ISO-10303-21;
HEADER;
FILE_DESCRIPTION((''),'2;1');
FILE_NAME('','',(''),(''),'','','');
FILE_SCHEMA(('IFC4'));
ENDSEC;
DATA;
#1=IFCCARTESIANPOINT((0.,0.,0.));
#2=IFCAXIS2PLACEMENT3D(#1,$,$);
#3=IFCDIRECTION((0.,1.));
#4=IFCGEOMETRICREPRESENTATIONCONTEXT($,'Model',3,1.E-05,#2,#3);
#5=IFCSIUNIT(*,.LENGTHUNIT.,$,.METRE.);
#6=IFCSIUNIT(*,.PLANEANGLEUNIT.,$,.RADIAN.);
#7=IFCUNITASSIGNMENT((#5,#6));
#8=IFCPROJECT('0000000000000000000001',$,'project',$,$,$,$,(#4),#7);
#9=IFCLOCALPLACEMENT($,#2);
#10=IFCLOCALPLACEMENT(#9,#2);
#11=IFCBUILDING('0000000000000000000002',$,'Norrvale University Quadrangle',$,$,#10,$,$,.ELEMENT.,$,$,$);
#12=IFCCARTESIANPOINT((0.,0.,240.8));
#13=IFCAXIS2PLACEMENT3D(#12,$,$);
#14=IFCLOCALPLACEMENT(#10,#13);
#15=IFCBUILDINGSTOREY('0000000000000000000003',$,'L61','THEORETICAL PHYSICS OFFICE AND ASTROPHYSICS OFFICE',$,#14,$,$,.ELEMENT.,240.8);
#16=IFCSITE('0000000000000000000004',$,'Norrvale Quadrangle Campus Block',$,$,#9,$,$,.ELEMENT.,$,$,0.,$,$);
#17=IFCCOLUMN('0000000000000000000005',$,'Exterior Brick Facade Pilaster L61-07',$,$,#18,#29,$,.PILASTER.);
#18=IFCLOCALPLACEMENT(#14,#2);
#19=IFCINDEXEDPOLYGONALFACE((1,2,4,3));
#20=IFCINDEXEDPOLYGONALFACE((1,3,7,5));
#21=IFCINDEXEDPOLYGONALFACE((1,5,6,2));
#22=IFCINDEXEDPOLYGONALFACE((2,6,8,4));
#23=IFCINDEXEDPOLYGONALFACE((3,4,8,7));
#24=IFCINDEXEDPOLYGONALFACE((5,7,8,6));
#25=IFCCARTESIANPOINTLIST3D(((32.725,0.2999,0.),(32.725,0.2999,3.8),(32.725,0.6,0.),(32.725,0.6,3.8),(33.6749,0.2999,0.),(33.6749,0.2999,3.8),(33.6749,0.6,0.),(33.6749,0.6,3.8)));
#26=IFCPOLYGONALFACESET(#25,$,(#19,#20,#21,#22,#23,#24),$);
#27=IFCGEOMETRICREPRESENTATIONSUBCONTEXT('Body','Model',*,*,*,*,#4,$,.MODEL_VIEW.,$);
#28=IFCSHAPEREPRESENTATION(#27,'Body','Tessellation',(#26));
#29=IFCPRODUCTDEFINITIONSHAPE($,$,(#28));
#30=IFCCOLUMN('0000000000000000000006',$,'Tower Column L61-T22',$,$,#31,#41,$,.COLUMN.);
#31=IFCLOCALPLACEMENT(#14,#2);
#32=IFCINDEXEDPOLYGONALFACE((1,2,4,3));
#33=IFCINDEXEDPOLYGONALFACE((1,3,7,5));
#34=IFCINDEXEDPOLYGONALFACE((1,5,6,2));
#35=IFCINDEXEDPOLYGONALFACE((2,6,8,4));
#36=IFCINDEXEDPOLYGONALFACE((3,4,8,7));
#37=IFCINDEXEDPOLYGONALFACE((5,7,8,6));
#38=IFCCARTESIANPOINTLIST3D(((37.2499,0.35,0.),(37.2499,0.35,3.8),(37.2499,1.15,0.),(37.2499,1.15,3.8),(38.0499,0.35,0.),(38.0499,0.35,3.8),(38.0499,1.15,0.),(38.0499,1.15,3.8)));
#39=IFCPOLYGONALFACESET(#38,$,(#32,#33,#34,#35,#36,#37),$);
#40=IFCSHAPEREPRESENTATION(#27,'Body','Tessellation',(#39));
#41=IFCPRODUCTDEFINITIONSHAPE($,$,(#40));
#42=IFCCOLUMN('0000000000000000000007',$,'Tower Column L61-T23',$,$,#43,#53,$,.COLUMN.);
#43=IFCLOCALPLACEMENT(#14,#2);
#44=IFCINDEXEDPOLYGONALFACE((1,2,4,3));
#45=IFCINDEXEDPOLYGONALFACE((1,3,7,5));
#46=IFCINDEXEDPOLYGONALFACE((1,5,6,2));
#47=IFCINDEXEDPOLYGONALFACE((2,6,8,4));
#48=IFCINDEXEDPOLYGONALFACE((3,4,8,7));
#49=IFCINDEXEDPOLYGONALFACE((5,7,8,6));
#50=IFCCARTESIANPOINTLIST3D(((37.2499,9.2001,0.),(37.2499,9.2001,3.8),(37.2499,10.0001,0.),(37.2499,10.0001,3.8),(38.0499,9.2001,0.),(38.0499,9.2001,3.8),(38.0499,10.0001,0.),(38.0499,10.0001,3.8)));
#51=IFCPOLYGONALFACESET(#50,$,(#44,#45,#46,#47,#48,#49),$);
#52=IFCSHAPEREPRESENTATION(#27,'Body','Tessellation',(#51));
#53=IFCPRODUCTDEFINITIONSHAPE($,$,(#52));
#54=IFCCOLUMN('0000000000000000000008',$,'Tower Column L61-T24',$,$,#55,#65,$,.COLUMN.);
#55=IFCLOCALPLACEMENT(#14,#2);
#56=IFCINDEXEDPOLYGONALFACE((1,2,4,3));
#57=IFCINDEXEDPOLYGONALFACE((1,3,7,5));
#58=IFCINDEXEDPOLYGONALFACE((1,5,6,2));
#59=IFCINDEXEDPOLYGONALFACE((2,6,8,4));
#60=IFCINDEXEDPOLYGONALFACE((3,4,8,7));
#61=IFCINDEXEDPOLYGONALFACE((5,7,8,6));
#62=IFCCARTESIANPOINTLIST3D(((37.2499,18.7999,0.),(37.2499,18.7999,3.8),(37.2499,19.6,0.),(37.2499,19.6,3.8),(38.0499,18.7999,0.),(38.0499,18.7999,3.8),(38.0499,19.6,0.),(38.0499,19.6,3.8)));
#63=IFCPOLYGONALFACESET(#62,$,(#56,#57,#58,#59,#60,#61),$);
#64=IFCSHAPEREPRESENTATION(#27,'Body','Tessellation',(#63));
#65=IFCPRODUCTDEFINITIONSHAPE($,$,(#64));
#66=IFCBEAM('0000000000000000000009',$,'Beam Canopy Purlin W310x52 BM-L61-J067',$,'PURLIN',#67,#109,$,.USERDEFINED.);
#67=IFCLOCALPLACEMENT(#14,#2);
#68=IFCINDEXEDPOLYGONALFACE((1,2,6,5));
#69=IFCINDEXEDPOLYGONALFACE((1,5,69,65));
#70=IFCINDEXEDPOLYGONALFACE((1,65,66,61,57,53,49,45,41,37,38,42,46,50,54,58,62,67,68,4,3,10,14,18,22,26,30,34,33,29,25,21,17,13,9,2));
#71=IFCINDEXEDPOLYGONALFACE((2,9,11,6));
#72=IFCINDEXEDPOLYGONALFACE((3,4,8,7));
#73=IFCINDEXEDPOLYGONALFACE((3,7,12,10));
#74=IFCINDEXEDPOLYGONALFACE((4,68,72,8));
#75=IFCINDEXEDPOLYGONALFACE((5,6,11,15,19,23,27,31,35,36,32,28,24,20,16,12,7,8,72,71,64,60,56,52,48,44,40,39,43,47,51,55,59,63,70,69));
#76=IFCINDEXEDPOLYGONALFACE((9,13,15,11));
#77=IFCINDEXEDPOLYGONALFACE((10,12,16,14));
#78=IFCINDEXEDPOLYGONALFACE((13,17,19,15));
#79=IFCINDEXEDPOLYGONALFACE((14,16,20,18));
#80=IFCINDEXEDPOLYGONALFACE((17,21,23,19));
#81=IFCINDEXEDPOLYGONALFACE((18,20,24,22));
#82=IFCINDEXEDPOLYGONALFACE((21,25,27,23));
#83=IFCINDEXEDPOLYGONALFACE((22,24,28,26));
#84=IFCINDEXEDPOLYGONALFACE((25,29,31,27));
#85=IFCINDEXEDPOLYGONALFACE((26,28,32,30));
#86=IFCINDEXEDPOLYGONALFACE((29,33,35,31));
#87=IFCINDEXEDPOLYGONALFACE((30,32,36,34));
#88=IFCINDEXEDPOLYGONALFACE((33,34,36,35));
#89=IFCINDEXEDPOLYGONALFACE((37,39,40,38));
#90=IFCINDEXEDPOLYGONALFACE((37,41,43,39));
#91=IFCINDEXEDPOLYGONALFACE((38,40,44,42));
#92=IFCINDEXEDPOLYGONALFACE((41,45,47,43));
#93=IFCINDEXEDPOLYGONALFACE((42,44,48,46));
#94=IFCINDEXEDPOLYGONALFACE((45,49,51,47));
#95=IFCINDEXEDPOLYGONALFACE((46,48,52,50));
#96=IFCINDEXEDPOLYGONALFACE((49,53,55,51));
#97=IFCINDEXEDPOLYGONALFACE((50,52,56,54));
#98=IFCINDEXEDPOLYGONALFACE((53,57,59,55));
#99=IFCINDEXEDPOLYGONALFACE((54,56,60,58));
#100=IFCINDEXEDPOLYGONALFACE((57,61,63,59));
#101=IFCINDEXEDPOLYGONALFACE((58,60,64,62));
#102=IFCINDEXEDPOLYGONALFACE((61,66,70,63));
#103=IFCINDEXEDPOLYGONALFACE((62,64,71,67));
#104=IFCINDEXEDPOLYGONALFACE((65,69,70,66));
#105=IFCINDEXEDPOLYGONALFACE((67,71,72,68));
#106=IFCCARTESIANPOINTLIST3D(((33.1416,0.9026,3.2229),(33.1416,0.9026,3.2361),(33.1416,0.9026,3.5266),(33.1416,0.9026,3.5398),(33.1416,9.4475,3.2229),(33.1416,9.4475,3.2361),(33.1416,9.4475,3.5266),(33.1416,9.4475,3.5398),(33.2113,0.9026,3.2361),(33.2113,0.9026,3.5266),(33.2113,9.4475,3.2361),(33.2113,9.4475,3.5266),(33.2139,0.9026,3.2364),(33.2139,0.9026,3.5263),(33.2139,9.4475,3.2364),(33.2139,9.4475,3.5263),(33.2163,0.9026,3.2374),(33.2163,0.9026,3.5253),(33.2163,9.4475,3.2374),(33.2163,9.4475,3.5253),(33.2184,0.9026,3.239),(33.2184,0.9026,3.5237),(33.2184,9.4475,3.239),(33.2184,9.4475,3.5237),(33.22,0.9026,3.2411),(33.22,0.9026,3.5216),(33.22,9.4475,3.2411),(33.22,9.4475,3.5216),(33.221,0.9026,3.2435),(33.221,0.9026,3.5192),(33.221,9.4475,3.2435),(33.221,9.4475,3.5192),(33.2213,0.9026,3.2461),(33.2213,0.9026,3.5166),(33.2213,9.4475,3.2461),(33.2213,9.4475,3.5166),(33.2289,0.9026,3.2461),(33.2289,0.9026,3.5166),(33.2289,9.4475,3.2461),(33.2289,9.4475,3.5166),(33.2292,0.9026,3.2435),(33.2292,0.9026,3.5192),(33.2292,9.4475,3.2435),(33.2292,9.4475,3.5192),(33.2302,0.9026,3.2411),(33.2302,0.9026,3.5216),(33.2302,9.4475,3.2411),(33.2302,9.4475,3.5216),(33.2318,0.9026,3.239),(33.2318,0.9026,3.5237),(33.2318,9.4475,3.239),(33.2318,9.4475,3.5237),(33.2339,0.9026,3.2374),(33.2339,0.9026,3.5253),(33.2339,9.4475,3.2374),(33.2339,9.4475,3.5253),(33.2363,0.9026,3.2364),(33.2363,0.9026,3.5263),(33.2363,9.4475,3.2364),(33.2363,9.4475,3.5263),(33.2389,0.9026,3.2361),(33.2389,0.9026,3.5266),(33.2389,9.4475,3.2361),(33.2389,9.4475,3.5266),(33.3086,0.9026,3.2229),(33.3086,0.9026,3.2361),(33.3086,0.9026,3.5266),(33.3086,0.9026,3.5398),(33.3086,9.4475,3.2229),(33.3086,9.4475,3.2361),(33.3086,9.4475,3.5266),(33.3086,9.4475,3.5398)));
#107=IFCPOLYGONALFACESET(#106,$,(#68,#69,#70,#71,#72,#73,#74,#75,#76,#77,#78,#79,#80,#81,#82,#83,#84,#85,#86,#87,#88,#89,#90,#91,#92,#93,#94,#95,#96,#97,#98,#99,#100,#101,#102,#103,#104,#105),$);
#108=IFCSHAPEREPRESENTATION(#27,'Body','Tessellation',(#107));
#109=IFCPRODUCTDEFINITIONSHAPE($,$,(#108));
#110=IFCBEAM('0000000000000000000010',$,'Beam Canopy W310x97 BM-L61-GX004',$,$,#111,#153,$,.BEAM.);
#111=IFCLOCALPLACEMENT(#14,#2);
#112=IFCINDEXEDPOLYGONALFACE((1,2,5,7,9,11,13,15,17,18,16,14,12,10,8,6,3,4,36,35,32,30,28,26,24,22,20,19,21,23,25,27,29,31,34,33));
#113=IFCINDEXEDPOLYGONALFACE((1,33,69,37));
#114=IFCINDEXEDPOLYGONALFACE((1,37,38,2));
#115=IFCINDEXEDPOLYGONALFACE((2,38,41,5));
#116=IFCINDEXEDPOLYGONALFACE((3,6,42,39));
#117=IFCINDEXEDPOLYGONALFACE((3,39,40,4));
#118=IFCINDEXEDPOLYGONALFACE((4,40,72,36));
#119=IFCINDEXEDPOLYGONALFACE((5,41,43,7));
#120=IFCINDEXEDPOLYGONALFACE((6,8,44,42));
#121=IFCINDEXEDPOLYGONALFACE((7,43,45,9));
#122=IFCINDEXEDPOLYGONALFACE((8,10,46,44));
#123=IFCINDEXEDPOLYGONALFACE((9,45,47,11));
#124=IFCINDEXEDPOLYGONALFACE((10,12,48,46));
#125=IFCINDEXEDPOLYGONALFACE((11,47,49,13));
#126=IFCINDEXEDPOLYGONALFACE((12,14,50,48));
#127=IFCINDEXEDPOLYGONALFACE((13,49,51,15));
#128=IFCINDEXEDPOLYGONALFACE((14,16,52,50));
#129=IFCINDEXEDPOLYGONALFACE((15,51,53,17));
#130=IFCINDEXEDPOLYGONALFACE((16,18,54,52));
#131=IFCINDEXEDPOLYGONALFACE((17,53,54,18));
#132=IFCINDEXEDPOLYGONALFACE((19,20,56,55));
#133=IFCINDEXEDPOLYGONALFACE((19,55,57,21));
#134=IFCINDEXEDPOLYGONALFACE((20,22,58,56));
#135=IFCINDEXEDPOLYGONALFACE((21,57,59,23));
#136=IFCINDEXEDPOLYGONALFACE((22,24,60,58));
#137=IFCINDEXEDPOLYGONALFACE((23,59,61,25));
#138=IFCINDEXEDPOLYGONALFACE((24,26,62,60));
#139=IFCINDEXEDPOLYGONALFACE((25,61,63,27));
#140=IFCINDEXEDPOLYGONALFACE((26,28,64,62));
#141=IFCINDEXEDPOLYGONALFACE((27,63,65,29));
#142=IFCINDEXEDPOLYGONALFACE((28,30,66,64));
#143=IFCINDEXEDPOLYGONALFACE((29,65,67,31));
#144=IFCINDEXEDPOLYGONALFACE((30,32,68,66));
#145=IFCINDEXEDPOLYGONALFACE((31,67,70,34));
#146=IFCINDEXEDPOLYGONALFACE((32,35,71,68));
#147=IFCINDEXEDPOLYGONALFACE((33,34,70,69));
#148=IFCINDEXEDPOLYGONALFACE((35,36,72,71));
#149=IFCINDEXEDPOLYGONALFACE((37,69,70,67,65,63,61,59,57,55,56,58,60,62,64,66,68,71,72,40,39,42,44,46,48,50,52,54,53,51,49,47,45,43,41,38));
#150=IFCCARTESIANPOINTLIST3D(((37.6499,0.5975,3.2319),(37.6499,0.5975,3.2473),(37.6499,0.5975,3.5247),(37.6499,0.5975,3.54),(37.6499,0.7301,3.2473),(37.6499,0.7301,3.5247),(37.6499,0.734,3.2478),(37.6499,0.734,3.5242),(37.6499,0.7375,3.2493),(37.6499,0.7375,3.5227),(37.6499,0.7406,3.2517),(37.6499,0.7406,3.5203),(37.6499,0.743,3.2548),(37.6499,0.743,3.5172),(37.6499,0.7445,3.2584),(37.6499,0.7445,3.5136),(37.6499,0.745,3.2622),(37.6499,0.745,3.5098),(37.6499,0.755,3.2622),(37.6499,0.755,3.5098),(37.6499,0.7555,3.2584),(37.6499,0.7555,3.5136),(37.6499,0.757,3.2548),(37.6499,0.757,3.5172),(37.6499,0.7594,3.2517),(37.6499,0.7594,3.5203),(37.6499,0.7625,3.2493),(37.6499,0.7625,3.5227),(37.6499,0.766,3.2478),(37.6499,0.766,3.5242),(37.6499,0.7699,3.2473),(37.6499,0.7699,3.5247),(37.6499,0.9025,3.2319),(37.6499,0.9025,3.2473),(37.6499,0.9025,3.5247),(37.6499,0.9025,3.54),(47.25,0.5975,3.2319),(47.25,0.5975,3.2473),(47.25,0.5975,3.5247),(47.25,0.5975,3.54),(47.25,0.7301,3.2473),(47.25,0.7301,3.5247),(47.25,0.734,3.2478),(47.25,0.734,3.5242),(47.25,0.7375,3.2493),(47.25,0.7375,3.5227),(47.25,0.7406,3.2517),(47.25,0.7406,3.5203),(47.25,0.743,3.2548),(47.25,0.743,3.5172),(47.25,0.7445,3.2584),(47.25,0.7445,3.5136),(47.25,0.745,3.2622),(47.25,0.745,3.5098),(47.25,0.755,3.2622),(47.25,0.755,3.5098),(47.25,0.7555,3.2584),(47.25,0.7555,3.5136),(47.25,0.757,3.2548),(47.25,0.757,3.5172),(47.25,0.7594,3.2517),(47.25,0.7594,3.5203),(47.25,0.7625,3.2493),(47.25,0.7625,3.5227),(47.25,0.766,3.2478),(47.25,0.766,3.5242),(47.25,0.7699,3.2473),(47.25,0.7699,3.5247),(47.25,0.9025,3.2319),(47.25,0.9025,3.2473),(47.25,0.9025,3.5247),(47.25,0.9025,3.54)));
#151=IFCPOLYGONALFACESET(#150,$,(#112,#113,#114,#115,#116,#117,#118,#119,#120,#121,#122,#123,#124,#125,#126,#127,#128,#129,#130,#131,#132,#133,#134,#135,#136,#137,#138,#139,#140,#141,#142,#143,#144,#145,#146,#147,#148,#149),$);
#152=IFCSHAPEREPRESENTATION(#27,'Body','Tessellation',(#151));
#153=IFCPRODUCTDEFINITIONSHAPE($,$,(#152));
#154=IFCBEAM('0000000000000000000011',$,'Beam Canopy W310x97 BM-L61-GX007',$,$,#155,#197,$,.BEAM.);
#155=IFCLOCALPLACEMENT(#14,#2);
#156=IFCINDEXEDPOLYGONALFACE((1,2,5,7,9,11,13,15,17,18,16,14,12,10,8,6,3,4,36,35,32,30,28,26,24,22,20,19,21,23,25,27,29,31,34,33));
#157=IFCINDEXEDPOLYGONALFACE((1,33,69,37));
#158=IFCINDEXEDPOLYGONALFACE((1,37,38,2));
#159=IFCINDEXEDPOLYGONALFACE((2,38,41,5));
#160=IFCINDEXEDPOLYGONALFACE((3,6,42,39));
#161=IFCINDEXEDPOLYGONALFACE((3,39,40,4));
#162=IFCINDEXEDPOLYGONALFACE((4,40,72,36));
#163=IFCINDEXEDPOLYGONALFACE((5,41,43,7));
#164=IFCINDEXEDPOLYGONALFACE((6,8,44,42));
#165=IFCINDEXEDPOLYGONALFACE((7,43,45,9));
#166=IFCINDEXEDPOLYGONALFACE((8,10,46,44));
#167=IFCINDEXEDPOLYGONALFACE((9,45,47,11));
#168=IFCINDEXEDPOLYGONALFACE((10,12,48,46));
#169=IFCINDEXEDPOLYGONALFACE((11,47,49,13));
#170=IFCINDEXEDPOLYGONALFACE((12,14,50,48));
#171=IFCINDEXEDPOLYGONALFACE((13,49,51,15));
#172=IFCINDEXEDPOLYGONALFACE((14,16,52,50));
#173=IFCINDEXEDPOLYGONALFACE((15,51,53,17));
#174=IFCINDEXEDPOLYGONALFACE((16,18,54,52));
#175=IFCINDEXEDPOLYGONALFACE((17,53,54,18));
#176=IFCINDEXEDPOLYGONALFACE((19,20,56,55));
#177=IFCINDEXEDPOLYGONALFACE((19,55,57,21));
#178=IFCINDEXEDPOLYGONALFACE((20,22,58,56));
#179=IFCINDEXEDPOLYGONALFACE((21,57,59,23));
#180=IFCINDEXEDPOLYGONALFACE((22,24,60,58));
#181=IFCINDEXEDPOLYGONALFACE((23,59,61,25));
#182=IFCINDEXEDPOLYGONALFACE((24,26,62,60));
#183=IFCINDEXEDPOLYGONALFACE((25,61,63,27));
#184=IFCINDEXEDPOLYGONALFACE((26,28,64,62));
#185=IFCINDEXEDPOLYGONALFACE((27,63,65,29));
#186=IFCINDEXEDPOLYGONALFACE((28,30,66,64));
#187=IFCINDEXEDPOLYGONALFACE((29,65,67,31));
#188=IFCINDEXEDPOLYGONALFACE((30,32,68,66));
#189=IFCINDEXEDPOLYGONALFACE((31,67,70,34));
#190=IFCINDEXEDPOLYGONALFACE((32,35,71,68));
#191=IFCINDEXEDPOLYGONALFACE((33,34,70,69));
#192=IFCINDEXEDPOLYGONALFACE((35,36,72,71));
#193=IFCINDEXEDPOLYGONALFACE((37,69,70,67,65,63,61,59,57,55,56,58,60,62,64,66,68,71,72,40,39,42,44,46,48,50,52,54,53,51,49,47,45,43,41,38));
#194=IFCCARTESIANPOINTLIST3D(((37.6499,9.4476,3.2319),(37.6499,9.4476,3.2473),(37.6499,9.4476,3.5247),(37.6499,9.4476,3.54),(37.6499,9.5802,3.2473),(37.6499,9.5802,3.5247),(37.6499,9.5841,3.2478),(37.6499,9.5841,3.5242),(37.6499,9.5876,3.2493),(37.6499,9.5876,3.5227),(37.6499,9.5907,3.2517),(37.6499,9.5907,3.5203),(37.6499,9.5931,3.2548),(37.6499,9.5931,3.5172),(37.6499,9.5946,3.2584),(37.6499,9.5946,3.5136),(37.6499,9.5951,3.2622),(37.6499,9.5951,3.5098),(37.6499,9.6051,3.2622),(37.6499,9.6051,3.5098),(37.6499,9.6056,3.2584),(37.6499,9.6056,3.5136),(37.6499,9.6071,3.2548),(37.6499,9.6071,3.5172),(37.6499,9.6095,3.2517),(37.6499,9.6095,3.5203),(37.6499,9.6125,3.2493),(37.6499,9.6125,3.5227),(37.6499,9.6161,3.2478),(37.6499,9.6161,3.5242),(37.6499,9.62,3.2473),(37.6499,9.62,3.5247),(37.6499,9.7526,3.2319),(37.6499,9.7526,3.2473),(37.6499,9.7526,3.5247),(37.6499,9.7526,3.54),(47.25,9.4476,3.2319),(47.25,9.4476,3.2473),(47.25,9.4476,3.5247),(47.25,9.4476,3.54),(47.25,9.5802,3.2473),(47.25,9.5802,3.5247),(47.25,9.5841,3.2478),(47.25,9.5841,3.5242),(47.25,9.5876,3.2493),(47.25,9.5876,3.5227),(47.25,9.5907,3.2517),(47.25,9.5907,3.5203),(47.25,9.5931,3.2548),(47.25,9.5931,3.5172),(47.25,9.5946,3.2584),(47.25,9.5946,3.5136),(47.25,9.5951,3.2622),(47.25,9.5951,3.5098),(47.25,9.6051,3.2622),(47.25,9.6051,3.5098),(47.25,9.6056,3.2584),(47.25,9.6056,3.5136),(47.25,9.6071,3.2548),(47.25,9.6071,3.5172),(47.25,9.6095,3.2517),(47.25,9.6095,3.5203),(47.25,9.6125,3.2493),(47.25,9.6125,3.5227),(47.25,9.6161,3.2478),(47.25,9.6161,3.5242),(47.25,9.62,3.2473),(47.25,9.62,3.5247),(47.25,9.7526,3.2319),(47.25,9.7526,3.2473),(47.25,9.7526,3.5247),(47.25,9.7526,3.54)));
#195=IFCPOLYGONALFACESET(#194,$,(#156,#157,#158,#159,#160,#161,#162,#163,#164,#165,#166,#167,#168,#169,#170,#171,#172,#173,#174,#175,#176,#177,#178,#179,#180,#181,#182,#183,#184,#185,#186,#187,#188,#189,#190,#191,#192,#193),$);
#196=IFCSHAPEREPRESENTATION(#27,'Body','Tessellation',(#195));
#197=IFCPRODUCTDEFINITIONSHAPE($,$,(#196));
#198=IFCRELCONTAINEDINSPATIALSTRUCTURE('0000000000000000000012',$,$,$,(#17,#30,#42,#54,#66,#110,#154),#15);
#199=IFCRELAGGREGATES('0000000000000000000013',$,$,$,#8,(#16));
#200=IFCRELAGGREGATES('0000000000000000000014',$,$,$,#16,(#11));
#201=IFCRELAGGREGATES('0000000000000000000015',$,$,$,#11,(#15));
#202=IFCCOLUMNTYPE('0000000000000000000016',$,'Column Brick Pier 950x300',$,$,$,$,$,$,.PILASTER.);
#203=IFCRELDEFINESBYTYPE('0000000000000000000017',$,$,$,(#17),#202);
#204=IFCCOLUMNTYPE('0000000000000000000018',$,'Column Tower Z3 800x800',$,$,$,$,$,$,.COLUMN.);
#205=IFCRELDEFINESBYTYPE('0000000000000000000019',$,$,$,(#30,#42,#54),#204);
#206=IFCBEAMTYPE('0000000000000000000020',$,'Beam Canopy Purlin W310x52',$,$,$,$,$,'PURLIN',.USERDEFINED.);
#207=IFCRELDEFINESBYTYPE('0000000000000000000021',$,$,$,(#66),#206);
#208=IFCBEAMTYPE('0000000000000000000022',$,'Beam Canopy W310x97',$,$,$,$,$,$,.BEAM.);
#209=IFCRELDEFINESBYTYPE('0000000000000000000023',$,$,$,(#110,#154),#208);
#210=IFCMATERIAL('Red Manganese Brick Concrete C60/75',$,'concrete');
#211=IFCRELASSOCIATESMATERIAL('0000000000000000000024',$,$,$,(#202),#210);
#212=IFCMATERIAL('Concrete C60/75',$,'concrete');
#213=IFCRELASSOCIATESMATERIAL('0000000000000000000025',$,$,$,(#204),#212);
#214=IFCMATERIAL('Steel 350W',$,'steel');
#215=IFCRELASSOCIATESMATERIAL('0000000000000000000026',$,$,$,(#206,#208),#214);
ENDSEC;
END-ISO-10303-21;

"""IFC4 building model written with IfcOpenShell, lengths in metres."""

from ifc_helpers import new_model, si_unit, direction, frame, origin, origin_2d, place, context, subcontext, project, spatial, rectangle, i_section, extrude, material, material_profile, profile_set, type_object, element, save


model = new_model("IFC4")

# Units and contexts
model_context = context("Model", 3, precision=1e-05, world=origin(), true_north=direction((0.0, 1.0)))
body_context = subcontext(model_context, "Body", "Model", "MODEL_VIEW")
ifc_project = project(units=[si_unit("LENGTHUNIT", "METRE"), si_unit("PLANEANGLEUNIT", "RADIAN")], contexts=[model_context])

# Site, building, storey
site_placement = place(None, origin())
site = spatial("IfcSite", under=ifc_project, at=site_placement, Name="Norrvale Quadrangle Campus Block", CompositionType="ELEMENT", RefElevation=0.0)
building_placement = place(site_placement, origin())
building = spatial("IfcBuilding", under=site, at=building_placement, Name="Norrvale University Quadrangle", CompositionType="ELEMENT")
storey_placement = place(building_placement, frame((0.0, 0.0, 240.8)))
storey = spatial("IfcBuildingStorey", under=building, at=storey_placement, Name="L61", Description="THEORETICAL PHYSICS OFFICE AND ASTROPHYSICS OFFICE", CompositionType="ELEMENT", Elevation=240.8)

# Columns
ifc_material_1 = material(Name="Red Manganese Brick Concrete C60/75", Category="concrete")
ifc_material_profile_1 = material_profile(ifc_material_1, rectangle(XDim=0.95, YDim=0.3, at=origin_2d()), Name="Red Manganese Brick Concrete C60/75")
ifc_profile_set_1 = profile_set([ifc_material_profile_1], Name="Red Manganese Brick Concrete C60/75")
column_type_1 = type_object("IfcColumnType", Name="Column Brick Pier 950x300", PredefinedType="PILASTER", material=ifc_profile_set_1)
column_placement = place(storey_placement, frame((33.2, 0.45, 0.0), z_axis=(0.0, 0.0, 1.0), x_axis=(1.0, 0.0, 0.0)))
element("IfcColumn", 1, at=column_placement, inside=storey, type_object=column_type_1, Name="Exterior Brick Facade Pilaster L61-07", PredefinedType="PILASTER", context=body_context, shape_type="SweptSolid", body=[
    extrude(rectangle(XDim=0.95, YDim=0.3, at=origin_2d()), origin(), (0.0, 0.0, 1.0), 3.8),
])
ifc_material_2 = material(Name="Concrete C60/75", Category="concrete")
ifc_material_profile_2 = material_profile(ifc_material_2, rectangle(XDim=0.8, YDim=0.8, at=origin_2d()), Name="Concrete C60/75")
ifc_profile_set_2 = profile_set([ifc_material_profile_2], Name="Concrete C60/75")
column_type_2 = type_object("IfcColumnType", Name="Column Tower Z3 800x800", PredefinedType="COLUMN", material=ifc_profile_set_2)
for number, where, z_axis, x_axis, name in (
    (2, (37.6499, 0.75, 0.0), (0.0, 0.0, 1.0), (1.0, 0.0, 0.0), "Tower Column L61-T22"),
    (3, (37.6499, 9.6001, 0.0), (0.0, 0.0, 1.0), (1.0, 0.0, 0.0), "Tower Column L61-T23"),
    (4, (37.6499, 19.2, 0.0), (0.0, 0.0, 1.0), (1.0, 0.0, 0.0), "Tower Column L61-T24"),
):
    element("IfcColumn", number, at=place(storey_placement, frame(where, z_axis=z_axis, x_axis=x_axis)), inside=storey, type_object=column_type_2, Name=name, PredefinedType="COLUMN", context=body_context, shape_type="SweptSolid", body=[
        extrude(rectangle(XDim=0.8, YDim=0.8, at=origin_2d()), origin(), (0.0, 0.0, 1.0), 3.8),
    ])

# Beams
ifc_material_3 = material(Name="Steel 350W", Category="steel")
ifc_material_profile_3 = material_profile(ifc_material_3, i_section(OverallWidth=0.167, OverallDepth=0.3169, WebThickness=0.0076, FlangeThickness=0.0132, FilletRadius=0.01, at=origin_2d()), Name="Steel 350W")
ifc_profile_set_3 = profile_set([ifc_material_profile_3], Name="Steel 350W")
beam_type_1 = type_object("IfcBeamType", Name="Beam Canopy Purlin W310x52", ElementType="PURLIN", PredefinedType="USERDEFINED", material=ifc_profile_set_3)
beam_1_placement = place(storey_placement, frame((33.2251, 0.9026, 3.3813), z_axis=(0.0, 1.0, 0.0), x_axis=(-1.0, 0.0, 0.0)))
element("IfcBeam", 5, at=beam_1_placement, inside=storey, type_object=beam_type_1, Name="Beam Canopy Purlin W310x52 BM-L61-J067", ObjectType="PURLIN", PredefinedType="USERDEFINED", context=body_context, shape_type="SweptSolid", body=[
    extrude(i_section(OverallWidth=0.167, OverallDepth=0.3169, WebThickness=0.0076, FlangeThickness=0.0132, FilletRadius=0.01, at=origin_2d()), origin(), (0.0, 0.0, 1.0), 8.5449),
])
ifc_material_profile_4 = material_profile(ifc_material_3, i_section(OverallWidth=0.3049, OverallDepth=0.3081, WebThickness=0.01, FlangeThickness=0.0154, FilletRadius=0.0149, at=origin_2d()), Name="Steel 350W")
ifc_profile_set_4 = profile_set([ifc_material_profile_4], Name="Steel 350W")
beam_type_2 = type_object("IfcBeamType", Name="Beam Canopy W310x97", PredefinedType="BEAM", material=ifc_profile_set_4)
for number, where, z_axis, x_axis, name in (
    (6, (37.6499, 0.75, 3.386), (1.0, 0.0, 0.0), (0.0, 1.0, 0.0), "Beam Canopy W310x97 BM-L61-GX004"),
    (7, (37.6499, 9.6001, 3.386), (1.0, 0.0, 0.0), (0.0, 1.0, 0.0), "Beam Canopy W310x97 BM-L61-GX007"),
):
    element("IfcBeam", number, at=place(storey_placement, frame(where, z_axis=z_axis, x_axis=x_axis)), inside=storey, type_object=beam_type_2, Name=name, PredefinedType="BEAM", context=body_context, shape_type="SweptSolid", body=[
        extrude(i_section(OverallWidth=0.3049, OverallDepth=0.3081, WebThickness=0.01, FlangeThickness=0.0154, FilletRadius=0.0149, at=origin_2d()), origin(), (0.0, 0.0, 1.0), 9.6001),
    ])

save(model, "model.ifc")
